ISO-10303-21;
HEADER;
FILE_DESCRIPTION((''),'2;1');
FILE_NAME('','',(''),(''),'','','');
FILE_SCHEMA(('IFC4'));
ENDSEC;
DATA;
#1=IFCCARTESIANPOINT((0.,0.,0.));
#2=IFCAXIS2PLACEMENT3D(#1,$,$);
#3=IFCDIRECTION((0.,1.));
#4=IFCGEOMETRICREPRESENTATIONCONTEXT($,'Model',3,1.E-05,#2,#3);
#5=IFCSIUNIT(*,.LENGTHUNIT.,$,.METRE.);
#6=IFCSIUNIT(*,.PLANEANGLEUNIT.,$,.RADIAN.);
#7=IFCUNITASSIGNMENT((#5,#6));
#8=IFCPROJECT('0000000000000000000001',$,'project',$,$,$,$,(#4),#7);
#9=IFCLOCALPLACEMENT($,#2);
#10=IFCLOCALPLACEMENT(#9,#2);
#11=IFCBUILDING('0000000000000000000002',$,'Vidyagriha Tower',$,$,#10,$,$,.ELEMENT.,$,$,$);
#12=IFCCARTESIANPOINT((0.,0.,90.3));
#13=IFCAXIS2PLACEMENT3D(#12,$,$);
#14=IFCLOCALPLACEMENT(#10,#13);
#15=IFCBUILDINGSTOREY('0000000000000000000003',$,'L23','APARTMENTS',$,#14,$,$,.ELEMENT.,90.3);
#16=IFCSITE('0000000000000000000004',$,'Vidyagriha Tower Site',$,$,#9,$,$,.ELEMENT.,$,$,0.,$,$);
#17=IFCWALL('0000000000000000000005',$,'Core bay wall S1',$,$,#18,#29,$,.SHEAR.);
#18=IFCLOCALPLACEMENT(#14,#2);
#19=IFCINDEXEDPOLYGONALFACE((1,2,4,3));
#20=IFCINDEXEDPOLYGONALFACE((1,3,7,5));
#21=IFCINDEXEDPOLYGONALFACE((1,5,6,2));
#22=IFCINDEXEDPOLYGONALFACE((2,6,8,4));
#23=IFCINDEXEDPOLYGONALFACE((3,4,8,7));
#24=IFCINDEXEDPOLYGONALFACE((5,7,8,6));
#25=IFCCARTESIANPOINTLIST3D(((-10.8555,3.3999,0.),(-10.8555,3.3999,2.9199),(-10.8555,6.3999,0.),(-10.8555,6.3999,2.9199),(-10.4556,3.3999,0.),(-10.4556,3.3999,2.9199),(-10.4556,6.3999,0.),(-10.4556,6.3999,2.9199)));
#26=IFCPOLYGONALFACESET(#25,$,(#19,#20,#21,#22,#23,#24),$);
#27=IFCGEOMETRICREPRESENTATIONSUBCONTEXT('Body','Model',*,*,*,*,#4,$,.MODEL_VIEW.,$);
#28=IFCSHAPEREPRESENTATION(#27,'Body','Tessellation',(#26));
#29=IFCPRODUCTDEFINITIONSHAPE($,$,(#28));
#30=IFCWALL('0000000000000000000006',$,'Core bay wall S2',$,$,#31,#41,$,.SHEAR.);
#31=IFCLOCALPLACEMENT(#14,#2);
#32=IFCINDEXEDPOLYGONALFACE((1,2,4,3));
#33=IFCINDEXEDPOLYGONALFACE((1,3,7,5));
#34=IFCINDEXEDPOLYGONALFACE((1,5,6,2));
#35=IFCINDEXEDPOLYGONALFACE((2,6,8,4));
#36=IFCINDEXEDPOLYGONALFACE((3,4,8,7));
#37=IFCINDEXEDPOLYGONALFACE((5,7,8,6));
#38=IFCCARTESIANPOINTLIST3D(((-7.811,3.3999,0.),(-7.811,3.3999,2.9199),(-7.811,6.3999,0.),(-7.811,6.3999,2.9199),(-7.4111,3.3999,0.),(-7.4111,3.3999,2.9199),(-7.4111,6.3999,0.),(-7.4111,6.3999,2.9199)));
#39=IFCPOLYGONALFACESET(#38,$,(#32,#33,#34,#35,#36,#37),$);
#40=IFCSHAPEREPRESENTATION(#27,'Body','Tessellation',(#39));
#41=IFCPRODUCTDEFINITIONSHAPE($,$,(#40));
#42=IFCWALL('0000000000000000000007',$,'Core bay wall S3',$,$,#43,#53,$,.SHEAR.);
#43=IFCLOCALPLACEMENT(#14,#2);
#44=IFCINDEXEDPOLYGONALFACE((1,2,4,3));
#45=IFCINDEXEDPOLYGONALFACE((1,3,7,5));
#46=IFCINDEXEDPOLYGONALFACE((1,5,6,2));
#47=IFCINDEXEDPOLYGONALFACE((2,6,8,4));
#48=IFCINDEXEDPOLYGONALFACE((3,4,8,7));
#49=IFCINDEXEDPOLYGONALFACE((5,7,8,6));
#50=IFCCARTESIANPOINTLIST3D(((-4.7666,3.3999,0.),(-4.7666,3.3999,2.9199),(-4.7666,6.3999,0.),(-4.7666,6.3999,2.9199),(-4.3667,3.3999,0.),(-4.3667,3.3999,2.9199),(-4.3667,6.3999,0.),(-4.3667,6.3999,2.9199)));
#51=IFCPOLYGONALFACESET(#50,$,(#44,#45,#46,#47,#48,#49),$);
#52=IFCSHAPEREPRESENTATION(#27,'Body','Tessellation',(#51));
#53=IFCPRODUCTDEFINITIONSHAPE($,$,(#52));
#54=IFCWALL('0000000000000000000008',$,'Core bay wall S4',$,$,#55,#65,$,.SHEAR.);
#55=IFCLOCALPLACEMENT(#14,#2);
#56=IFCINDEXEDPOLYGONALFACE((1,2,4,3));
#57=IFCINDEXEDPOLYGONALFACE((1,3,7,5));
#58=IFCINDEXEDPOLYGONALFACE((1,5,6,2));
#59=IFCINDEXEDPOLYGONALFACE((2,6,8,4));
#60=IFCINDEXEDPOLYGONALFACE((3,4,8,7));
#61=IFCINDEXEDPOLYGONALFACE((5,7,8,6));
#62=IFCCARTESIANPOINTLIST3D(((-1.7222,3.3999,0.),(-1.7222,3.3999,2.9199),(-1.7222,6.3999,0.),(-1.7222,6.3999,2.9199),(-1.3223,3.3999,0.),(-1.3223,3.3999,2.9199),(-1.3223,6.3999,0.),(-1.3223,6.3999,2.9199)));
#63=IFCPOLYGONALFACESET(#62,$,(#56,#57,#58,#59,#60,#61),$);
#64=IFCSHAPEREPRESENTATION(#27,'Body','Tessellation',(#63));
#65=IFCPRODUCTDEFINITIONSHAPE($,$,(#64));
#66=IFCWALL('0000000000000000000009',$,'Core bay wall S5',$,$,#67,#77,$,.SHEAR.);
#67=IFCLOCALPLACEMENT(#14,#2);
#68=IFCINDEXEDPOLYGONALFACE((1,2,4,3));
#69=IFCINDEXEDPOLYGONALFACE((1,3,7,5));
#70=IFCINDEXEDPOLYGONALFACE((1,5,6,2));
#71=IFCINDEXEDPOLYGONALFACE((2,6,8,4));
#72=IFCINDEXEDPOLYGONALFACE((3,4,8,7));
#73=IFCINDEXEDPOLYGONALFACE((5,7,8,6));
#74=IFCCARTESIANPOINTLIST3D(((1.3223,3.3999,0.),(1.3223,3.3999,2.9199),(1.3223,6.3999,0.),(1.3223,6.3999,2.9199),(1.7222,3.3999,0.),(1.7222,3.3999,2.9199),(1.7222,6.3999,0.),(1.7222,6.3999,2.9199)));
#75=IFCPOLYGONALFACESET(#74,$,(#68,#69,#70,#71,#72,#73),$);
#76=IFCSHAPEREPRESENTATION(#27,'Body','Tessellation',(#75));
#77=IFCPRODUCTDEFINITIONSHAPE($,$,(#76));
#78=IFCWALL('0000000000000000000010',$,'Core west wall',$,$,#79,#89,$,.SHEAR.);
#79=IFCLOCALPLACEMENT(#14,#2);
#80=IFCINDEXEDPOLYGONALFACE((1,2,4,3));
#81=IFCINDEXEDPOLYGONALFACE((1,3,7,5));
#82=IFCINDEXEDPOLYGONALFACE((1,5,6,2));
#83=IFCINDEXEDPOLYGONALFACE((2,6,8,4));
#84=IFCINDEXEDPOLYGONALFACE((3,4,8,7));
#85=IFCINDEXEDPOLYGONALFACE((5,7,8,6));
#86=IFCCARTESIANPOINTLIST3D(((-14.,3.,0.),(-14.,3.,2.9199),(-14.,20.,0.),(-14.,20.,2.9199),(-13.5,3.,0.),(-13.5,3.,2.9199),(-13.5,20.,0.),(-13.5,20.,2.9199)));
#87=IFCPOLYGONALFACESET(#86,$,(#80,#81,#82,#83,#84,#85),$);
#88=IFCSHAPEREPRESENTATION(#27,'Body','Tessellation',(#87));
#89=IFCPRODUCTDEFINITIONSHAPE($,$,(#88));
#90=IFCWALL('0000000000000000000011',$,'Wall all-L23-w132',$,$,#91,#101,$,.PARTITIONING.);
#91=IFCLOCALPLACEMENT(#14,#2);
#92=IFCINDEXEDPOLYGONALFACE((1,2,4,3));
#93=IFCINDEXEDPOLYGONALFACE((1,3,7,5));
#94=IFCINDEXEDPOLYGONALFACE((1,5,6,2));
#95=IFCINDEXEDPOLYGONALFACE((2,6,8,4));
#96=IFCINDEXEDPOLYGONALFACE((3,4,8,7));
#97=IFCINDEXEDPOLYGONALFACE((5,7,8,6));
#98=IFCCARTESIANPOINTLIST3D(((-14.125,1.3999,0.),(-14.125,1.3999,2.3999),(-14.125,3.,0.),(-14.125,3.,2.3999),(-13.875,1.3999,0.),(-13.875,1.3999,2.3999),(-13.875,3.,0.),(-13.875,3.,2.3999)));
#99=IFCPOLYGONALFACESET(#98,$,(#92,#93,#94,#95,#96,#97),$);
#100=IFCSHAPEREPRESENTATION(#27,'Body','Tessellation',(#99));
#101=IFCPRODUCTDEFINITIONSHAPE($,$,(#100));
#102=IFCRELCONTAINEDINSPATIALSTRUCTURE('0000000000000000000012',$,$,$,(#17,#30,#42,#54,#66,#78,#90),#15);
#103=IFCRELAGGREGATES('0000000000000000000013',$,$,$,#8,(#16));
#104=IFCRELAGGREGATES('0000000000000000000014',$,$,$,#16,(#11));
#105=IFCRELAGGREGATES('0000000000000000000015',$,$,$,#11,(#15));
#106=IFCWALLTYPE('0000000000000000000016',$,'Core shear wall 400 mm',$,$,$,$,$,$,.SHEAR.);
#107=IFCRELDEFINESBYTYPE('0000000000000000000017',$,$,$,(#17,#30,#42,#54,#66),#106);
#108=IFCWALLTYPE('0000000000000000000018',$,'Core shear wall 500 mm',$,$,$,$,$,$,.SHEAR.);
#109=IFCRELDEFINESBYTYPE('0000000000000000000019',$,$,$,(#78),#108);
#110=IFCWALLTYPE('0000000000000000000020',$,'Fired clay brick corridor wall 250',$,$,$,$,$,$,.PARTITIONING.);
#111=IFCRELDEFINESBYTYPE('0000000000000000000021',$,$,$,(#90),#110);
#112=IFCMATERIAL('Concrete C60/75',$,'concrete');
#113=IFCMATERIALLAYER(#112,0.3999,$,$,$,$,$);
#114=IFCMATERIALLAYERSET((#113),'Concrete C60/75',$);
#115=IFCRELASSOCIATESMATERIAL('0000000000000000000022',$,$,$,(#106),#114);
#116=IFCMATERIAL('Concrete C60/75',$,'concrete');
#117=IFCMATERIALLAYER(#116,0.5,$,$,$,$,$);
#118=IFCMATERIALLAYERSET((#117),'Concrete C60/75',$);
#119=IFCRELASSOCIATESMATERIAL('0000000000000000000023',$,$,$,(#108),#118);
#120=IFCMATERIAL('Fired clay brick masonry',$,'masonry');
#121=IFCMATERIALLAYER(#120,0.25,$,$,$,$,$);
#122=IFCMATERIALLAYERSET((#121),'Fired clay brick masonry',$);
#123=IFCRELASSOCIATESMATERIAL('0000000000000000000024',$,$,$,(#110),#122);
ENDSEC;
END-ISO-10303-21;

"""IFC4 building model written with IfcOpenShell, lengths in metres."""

from ifc_helpers import new_model, si_unit, direction, frame, frame_2d, origin, place, context, subcontext, project, spatial, rectangle, extrude, material, layer, layer_set, type_object, element, save


model = new_model("IFC4")

# Units and contexts
model_context = context("Model", 3, precision=1e-05, world=origin(), true_north=direction((0.0, 1.0)))
body_context = subcontext(model_context, "Body", "Model", "MODEL_VIEW")
ifc_project = project(units=[si_unit("LENGTHUNIT", "METRE"), si_unit("PLANEANGLEUNIT", "RADIAN")], contexts=[model_context])

# Site, building, storey
site_placement = place(None, origin())
site = spatial("IfcSite", under=ifc_project, at=site_placement, Name="Vidyagriha Tower Site", CompositionType="ELEMENT", RefElevation=0.0)
building_placement = place(site_placement, origin())
building = spatial("IfcBuilding", under=site, at=building_placement, Name="Vidyagriha Tower", CompositionType="ELEMENT")
storey_placement = place(building_placement, frame((0.0, 0.0, 90.3)))
storey = spatial("IfcBuildingStorey", under=building, at=storey_placement, Name="L23", Description="APARTMENTS", CompositionType="ELEMENT", Elevation=90.3)

# Shared definitions
ifc_material_1 = material(Name="Concrete C60/75", Category="concrete")
ifc_layer_1 = layer(ifc_material_1, 0.3999)
ifc_layer_set_1 = layer_set([ifc_layer_1], Name="Concrete C60/75")
wall_type_1 = type_object("IfcWallType", Name="Core shear wall 400 mm", PredefinedType="SHEAR", material=ifc_layer_set_1)

# Walls
for number, where, z_axis, x_axis, name in (
    (1, (-10.6555, 3.3999, 0.0), (0.0, 0.0, 1.0), (0.0, 1.0, 0.0), "Core bay wall S1"),
    (2, (-7.6111, 3.3999, 0.0), (0.0, 0.0, 1.0), (0.0, 1.0, 0.0), "Core bay wall S2"),
    (3, (-4.5667, 3.3999, 0.0), (0.0, 0.0, 1.0), (0.0, 1.0, 0.0), "Core bay wall S3"),
    (4, (-1.5222, 3.3999, 0.0), (0.0, 0.0, 1.0), (0.0, 1.0, 0.0), "Core bay wall S4"),
    (5, (1.5222, 3.3999, 0.0), (0.0, 0.0, 1.0), (0.0, 1.0, 0.0), "Core bay wall S5"),
):
    element("IfcWall", number, at=place(storey_placement, frame(where, z_axis=z_axis, x_axis=x_axis)), inside=storey, type_object=wall_type_1, Name=name, PredefinedType="SHEAR", context=body_context, shape_type="SweptSolid", body=[
        extrude(rectangle(XDim=3.0, YDim=0.3999, at=frame_2d((1.5, 0.0))), origin(), (0.0, 0.0, 1.0), 2.9199),
    ])
ifc_material_2 = material(Name="Concrete C60/75", Category="concrete")
ifc_layer_2 = layer(ifc_material_2, 0.5)
ifc_layer_set_2 = layer_set([ifc_layer_2], Name="Concrete C60/75")
wall_type_2 = type_object("IfcWallType", Name="Core shear wall 500 mm", PredefinedType="SHEAR", material=ifc_layer_set_2)
wall_1_placement = place(storey_placement, frame((-13.75, 3.0, 0.0), z_axis=(0.0, 0.0, 1.0), x_axis=(0.0, 1.0, 0.0)))
element("IfcWall", 6, at=wall_1_placement, inside=storey, type_object=wall_type_2, Name="Core west wall", PredefinedType="SHEAR", context=body_context, shape_type="SweptSolid", body=[
    extrude(rectangle(XDim=17.0, YDim=0.5, at=frame_2d((8.5, 0.0))), origin(), (0.0, 0.0, 1.0), 2.9199),
])
ifc_material_3 = material(Name="Fired clay brick masonry", Category="masonry")
ifc_layer_3 = layer(ifc_material_3, 0.25)
ifc_layer_set_3 = layer_set([ifc_layer_3], Name="Fired clay brick masonry")
wall_type_3 = type_object("IfcWallType", Name="Fired clay brick corridor wall 250", PredefinedType="PARTITIONING", material=ifc_layer_set_3)
wall_2_placement = place(storey_placement, frame((-14.0, 3.0, 0.0), z_axis=(0.0, 0.0, 1.0), x_axis=(0.0, -1.0, 0.0)))
element("IfcWall", 7, at=wall_2_placement, inside=storey, type_object=wall_type_3, Name="Wall all-L23-w132", PredefinedType="PARTITIONING", context=body_context, shape_type="SweptSolid", body=[
    extrude(rectangle(XDim=1.6001, YDim=0.25, at=frame_2d((0.8, 0.0))), origin(), (0.0, 0.0, 1.0), 2.3999),
])

save(model, "model.ifc")
